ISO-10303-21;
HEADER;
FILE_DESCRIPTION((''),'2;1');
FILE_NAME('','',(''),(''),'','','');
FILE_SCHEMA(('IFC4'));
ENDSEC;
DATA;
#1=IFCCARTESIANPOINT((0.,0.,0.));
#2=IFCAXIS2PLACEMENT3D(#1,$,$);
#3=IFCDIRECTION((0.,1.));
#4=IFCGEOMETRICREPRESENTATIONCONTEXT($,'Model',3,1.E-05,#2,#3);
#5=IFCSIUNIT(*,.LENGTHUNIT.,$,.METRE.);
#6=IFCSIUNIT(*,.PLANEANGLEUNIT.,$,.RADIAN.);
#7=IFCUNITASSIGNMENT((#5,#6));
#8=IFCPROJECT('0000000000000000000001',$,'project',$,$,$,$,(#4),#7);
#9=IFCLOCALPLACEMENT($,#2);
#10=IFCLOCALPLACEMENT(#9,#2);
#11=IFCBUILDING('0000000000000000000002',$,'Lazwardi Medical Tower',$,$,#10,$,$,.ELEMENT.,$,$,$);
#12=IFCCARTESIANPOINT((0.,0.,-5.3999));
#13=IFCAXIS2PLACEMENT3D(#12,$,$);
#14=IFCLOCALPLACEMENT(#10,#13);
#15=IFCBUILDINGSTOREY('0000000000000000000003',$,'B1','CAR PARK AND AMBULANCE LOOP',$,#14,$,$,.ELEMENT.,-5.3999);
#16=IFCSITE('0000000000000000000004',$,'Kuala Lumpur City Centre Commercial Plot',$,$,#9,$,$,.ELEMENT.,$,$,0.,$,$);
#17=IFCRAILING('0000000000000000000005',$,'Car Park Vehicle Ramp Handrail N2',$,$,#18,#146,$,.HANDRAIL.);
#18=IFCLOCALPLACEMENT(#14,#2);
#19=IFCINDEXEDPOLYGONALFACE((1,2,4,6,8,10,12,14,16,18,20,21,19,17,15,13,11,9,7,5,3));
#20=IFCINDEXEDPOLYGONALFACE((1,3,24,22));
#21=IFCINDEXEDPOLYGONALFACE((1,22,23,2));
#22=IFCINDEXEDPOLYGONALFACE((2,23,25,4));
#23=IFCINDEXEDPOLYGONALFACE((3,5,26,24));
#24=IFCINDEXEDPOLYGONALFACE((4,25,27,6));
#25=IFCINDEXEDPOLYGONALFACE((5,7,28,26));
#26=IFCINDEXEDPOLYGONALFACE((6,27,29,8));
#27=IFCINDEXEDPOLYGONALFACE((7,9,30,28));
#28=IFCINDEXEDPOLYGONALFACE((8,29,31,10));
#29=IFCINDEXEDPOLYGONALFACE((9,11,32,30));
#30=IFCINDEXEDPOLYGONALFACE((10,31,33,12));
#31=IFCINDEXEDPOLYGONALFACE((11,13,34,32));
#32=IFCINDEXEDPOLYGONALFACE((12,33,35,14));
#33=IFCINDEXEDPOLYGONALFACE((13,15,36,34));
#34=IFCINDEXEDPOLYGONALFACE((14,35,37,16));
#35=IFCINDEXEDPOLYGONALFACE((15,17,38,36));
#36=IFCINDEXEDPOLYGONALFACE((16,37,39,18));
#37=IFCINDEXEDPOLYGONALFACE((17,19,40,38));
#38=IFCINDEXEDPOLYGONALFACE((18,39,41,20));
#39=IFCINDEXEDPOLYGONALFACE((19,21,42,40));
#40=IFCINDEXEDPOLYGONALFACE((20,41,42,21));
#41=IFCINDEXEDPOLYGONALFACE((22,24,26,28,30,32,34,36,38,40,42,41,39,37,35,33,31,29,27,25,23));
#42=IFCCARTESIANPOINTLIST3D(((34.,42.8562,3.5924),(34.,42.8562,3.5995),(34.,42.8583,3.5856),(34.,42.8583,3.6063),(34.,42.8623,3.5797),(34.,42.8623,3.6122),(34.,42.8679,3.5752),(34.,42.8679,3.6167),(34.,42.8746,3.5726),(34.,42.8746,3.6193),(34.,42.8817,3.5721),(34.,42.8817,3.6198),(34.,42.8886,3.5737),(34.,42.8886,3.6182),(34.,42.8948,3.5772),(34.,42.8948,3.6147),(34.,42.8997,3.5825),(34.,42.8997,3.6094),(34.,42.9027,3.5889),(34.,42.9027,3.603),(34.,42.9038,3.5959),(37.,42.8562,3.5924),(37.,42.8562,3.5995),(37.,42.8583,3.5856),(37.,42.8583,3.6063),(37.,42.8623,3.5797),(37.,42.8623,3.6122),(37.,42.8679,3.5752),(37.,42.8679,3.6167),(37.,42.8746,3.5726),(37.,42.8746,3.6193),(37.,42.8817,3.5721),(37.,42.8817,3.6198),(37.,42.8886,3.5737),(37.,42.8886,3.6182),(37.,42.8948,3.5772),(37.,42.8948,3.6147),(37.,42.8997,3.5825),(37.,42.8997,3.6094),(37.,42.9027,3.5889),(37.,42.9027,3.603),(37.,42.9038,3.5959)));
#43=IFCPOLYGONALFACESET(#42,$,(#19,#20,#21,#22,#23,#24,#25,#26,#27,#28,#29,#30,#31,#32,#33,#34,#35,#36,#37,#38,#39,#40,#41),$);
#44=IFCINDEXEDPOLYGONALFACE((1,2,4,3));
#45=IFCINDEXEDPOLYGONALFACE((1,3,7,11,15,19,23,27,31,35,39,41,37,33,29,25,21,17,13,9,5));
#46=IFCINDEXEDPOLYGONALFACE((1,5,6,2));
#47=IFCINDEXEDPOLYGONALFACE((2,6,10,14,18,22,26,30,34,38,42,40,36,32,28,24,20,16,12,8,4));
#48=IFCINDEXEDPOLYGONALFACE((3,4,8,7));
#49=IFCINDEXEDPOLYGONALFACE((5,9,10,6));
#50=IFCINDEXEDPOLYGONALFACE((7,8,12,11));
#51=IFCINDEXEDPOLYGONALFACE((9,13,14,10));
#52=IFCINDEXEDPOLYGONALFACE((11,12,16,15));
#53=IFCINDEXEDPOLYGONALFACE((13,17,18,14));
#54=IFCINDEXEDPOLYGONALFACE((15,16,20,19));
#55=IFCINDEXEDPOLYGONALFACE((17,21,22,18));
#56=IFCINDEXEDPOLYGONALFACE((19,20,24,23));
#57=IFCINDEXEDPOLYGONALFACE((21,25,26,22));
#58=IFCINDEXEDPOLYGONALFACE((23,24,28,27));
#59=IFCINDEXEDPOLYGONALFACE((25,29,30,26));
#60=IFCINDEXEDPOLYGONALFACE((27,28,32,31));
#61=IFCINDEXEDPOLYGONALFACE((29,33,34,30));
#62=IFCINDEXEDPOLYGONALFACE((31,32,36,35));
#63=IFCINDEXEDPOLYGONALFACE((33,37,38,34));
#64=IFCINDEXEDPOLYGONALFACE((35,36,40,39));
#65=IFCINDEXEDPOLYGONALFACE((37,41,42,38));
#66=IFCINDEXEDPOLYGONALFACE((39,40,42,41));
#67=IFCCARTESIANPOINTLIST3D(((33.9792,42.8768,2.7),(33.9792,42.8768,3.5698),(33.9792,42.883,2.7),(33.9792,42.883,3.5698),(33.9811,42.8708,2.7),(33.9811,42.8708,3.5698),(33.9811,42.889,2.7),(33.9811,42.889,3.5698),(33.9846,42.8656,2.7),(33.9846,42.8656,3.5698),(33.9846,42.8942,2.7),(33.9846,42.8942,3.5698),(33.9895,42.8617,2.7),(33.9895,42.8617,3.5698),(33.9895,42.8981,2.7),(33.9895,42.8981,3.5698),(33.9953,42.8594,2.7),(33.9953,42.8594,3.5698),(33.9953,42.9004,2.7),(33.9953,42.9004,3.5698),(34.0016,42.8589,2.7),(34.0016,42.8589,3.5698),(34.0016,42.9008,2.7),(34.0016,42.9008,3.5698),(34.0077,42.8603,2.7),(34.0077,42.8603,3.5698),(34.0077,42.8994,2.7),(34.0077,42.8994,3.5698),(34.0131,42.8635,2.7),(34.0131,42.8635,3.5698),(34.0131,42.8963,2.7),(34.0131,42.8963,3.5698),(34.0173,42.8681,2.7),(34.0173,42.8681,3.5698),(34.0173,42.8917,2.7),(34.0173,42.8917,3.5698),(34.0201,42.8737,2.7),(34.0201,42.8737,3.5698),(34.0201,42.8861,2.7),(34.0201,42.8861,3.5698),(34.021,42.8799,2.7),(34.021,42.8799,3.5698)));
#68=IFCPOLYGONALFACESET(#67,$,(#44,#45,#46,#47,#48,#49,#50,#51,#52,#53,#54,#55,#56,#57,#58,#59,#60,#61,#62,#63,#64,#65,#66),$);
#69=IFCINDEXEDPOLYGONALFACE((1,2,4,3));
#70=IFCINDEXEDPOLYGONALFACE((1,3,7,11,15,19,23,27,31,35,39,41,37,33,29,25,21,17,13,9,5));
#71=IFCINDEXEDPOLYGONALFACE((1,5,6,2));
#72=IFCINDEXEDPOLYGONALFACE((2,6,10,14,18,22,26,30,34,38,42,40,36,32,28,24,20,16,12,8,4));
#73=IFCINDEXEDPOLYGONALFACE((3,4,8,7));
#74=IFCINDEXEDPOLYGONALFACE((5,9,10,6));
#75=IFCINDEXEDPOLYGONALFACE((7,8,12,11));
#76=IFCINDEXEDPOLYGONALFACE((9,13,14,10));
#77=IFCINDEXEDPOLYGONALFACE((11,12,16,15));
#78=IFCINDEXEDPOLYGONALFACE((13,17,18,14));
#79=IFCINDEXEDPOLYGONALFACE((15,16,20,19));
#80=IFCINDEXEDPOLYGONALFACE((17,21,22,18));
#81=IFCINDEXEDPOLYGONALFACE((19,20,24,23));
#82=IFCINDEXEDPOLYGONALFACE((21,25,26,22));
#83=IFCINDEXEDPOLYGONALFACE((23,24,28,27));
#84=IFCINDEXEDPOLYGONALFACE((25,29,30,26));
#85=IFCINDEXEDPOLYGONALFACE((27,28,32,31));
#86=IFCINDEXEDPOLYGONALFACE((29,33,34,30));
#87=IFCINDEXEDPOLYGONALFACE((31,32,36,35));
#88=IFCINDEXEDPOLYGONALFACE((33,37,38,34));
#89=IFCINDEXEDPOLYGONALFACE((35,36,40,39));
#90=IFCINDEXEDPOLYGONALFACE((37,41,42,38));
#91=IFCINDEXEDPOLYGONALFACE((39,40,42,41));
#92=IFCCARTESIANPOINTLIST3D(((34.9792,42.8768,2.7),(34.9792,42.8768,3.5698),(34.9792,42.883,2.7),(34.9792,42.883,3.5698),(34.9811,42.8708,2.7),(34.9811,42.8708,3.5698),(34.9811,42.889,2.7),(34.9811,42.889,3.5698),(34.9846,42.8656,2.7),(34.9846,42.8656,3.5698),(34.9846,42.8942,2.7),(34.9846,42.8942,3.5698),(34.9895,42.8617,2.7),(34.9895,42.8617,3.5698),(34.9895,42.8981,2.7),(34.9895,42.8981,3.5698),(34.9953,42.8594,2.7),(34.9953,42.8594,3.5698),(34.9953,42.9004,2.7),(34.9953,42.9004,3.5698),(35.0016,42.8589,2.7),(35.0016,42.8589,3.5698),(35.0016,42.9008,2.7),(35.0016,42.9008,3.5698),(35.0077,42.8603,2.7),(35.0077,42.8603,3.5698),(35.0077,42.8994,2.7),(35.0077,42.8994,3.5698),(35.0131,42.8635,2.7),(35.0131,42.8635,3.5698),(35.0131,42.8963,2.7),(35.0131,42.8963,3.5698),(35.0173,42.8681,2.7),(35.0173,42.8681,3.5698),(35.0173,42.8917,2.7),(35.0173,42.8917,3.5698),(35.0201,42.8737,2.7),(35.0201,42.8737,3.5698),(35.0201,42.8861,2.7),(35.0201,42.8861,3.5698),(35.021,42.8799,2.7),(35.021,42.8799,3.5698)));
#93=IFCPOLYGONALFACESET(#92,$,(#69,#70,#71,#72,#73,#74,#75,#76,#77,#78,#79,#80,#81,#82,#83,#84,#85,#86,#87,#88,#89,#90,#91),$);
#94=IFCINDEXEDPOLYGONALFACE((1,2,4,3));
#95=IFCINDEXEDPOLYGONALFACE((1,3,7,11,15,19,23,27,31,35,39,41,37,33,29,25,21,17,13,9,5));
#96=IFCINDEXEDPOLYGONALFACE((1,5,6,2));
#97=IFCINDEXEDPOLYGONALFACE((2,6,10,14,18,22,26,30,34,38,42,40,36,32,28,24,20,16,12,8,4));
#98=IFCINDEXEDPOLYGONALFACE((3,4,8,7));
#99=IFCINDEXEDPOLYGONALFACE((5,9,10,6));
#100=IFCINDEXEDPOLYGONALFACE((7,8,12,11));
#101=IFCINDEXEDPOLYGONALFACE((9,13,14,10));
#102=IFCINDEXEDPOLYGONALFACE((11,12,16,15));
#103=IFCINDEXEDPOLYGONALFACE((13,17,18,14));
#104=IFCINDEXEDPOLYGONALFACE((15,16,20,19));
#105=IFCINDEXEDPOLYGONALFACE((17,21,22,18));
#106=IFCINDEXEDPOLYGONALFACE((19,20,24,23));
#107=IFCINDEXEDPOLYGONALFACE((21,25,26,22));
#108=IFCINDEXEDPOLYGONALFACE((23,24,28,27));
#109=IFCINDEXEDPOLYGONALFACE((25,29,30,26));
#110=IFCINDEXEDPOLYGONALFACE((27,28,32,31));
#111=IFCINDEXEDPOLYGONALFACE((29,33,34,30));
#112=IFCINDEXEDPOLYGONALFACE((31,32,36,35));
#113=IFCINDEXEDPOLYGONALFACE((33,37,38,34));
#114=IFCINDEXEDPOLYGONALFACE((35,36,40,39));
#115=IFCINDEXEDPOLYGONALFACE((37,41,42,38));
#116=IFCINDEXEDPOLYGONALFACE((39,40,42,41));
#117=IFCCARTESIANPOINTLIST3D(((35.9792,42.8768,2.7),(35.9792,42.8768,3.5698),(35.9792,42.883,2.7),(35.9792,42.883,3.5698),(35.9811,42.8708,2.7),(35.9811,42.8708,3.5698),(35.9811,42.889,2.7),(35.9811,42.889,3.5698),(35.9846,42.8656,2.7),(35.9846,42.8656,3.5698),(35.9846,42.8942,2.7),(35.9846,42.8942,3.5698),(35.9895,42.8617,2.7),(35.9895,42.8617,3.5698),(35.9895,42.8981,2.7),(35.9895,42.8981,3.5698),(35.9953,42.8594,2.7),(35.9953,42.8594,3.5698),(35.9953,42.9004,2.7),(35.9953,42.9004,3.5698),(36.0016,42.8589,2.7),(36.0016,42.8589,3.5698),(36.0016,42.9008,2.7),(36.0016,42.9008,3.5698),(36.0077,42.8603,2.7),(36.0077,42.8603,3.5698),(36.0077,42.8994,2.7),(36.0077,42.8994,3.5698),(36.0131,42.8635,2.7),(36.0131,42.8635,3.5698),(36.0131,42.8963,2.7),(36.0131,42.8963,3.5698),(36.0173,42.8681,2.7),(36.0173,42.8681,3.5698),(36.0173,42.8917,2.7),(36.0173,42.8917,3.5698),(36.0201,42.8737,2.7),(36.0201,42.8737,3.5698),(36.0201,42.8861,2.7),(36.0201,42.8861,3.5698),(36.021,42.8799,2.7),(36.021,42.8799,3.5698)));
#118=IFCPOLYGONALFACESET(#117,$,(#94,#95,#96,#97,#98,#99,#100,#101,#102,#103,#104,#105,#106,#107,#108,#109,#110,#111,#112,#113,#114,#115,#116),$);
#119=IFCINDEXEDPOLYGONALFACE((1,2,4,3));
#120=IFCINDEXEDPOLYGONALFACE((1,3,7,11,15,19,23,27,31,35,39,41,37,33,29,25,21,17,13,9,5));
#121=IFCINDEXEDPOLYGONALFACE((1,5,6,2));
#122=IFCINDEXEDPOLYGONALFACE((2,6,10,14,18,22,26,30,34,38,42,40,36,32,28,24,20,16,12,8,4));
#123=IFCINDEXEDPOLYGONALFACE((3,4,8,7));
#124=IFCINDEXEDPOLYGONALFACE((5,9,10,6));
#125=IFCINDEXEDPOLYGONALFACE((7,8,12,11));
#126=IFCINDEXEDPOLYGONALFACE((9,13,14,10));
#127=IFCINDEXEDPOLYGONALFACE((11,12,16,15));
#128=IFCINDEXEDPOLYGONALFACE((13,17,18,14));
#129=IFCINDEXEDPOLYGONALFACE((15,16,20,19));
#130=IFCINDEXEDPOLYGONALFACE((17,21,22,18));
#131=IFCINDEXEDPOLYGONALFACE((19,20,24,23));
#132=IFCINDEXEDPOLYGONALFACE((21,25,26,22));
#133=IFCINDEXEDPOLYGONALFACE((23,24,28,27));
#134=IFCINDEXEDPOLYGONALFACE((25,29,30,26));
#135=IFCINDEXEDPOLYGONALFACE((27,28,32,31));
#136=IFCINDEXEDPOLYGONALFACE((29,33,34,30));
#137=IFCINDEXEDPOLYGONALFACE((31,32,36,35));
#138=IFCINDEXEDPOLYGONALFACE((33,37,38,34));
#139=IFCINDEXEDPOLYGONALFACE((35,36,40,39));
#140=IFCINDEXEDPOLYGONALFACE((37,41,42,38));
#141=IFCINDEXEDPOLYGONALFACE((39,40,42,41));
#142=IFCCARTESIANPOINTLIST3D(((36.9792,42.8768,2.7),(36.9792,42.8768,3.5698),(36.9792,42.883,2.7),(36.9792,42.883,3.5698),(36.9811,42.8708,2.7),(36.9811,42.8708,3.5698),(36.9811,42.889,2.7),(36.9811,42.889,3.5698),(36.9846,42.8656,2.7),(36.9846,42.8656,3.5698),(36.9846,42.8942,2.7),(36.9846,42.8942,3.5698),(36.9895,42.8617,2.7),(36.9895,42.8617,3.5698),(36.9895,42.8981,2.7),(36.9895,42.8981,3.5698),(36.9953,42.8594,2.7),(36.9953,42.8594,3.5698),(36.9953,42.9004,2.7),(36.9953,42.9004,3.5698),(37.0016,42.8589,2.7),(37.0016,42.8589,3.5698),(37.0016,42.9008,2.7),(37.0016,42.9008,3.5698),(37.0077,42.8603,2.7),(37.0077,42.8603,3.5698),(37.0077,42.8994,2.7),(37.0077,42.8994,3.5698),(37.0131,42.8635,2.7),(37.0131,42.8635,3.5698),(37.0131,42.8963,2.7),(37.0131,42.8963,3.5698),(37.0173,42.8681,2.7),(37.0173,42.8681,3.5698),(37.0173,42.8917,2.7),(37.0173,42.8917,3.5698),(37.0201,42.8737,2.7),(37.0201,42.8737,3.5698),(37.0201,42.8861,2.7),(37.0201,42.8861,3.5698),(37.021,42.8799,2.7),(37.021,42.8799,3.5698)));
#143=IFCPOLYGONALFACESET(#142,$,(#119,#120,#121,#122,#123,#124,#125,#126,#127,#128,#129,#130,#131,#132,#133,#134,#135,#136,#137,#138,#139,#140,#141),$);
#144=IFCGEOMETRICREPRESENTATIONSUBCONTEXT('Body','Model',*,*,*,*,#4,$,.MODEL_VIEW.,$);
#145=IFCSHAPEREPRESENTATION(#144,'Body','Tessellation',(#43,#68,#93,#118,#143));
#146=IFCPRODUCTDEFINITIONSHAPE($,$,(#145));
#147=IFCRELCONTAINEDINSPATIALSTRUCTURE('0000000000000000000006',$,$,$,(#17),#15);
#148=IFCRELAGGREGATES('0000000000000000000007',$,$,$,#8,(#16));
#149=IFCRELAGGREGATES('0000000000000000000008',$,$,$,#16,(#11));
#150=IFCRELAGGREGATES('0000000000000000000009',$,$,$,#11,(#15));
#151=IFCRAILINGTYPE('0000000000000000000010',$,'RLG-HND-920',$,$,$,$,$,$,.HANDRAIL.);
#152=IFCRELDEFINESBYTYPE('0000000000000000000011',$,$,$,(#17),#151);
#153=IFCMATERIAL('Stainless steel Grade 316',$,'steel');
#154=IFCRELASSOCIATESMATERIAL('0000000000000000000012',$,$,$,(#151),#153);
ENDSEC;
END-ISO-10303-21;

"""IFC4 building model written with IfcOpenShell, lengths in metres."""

from ifc_helpers import new_model, si_unit, direction, frame, origin, origin_2d, place, context, subcontext, project, spatial, circle, extrude, material, type_object, element, save


model = new_model("IFC4")

# Units and contexts
model_context = context("Model", 3, precision=1e-05, world=origin(), true_north=direction((0.0, 1.0)))
body_context = subcontext(model_context, "Body", "Model", "MODEL_VIEW")
ifc_project = project(units=[si_unit("LENGTHUNIT", "METRE"), si_unit("PLANEANGLEUNIT", "RADIAN")], contexts=[model_context])

# Site, building, storey
site_placement = place(None, origin())
site = spatial("IfcSite", under=ifc_project, at=site_placement, Name="Kuala Lumpur City Centre Commercial Plot", CompositionType="ELEMENT", RefElevation=0.0)
building_placement = place(site_placement, origin())
building = spatial("IfcBuilding", under=site, at=building_placement, Name="Lazwardi Medical Tower", CompositionType="ELEMENT")
storey_placement = place(building_placement, frame((0.0, 0.0, -5.3999)))
storey = spatial("IfcBuildingStorey", under=building, at=storey_placement, Name="B1", Description="CAR PARK AND AMBULANCE LOOP", CompositionType="ELEMENT", Elevation=-5.3999)

# Railing
ifc_material_1 = material(Name="Stainless steel Grade 316", Category="steel")
railing_type = type_object("IfcRailingType", Name="RLG-HND-920", PredefinedType="HANDRAIL", material=ifc_material_1)
railing_1_placement = place(storey_placement, frame((34.0, 42.8799, 2.7)))
element("IfcRailing", 1, at=railing_1_placement, inside=storey, type_object=railing_type, Name="Car Park Vehicle Ramp Handrail N2", PredefinedType="HANDRAIL", context=body_context, shape_type="SweptSolid", body=[
    extrude(circle(Radius=0.0239, at=origin_2d()), frame((0.0, 0.0, 0.896), z_axis=(1.0, 0.0, 0.0), x_axis=(0.0, 1.0, 0.0)), (0.0, 0.0, 1.0), 3.0),
    extrude(circle(Radius=0.021, at=origin_2d()), origin(), (0.0, 0.0, 1.0), 0.8699),
    extrude(circle(Radius=0.021, at=origin_2d()), frame((1.0, 0.0, 0.0)), (0.0, 0.0, 1.0), 0.8699),
    extrude(circle(Radius=0.021, at=origin_2d()), frame((2.0, 0.0, 0.0)), (0.0, 0.0, 1.0), 0.8699),
    extrude(circle(Radius=0.021, at=origin_2d()), frame((3.0, 0.0, 0.0)), (0.0, 0.0, 1.0), 0.8699),
])

save(model, "model.ifc")
